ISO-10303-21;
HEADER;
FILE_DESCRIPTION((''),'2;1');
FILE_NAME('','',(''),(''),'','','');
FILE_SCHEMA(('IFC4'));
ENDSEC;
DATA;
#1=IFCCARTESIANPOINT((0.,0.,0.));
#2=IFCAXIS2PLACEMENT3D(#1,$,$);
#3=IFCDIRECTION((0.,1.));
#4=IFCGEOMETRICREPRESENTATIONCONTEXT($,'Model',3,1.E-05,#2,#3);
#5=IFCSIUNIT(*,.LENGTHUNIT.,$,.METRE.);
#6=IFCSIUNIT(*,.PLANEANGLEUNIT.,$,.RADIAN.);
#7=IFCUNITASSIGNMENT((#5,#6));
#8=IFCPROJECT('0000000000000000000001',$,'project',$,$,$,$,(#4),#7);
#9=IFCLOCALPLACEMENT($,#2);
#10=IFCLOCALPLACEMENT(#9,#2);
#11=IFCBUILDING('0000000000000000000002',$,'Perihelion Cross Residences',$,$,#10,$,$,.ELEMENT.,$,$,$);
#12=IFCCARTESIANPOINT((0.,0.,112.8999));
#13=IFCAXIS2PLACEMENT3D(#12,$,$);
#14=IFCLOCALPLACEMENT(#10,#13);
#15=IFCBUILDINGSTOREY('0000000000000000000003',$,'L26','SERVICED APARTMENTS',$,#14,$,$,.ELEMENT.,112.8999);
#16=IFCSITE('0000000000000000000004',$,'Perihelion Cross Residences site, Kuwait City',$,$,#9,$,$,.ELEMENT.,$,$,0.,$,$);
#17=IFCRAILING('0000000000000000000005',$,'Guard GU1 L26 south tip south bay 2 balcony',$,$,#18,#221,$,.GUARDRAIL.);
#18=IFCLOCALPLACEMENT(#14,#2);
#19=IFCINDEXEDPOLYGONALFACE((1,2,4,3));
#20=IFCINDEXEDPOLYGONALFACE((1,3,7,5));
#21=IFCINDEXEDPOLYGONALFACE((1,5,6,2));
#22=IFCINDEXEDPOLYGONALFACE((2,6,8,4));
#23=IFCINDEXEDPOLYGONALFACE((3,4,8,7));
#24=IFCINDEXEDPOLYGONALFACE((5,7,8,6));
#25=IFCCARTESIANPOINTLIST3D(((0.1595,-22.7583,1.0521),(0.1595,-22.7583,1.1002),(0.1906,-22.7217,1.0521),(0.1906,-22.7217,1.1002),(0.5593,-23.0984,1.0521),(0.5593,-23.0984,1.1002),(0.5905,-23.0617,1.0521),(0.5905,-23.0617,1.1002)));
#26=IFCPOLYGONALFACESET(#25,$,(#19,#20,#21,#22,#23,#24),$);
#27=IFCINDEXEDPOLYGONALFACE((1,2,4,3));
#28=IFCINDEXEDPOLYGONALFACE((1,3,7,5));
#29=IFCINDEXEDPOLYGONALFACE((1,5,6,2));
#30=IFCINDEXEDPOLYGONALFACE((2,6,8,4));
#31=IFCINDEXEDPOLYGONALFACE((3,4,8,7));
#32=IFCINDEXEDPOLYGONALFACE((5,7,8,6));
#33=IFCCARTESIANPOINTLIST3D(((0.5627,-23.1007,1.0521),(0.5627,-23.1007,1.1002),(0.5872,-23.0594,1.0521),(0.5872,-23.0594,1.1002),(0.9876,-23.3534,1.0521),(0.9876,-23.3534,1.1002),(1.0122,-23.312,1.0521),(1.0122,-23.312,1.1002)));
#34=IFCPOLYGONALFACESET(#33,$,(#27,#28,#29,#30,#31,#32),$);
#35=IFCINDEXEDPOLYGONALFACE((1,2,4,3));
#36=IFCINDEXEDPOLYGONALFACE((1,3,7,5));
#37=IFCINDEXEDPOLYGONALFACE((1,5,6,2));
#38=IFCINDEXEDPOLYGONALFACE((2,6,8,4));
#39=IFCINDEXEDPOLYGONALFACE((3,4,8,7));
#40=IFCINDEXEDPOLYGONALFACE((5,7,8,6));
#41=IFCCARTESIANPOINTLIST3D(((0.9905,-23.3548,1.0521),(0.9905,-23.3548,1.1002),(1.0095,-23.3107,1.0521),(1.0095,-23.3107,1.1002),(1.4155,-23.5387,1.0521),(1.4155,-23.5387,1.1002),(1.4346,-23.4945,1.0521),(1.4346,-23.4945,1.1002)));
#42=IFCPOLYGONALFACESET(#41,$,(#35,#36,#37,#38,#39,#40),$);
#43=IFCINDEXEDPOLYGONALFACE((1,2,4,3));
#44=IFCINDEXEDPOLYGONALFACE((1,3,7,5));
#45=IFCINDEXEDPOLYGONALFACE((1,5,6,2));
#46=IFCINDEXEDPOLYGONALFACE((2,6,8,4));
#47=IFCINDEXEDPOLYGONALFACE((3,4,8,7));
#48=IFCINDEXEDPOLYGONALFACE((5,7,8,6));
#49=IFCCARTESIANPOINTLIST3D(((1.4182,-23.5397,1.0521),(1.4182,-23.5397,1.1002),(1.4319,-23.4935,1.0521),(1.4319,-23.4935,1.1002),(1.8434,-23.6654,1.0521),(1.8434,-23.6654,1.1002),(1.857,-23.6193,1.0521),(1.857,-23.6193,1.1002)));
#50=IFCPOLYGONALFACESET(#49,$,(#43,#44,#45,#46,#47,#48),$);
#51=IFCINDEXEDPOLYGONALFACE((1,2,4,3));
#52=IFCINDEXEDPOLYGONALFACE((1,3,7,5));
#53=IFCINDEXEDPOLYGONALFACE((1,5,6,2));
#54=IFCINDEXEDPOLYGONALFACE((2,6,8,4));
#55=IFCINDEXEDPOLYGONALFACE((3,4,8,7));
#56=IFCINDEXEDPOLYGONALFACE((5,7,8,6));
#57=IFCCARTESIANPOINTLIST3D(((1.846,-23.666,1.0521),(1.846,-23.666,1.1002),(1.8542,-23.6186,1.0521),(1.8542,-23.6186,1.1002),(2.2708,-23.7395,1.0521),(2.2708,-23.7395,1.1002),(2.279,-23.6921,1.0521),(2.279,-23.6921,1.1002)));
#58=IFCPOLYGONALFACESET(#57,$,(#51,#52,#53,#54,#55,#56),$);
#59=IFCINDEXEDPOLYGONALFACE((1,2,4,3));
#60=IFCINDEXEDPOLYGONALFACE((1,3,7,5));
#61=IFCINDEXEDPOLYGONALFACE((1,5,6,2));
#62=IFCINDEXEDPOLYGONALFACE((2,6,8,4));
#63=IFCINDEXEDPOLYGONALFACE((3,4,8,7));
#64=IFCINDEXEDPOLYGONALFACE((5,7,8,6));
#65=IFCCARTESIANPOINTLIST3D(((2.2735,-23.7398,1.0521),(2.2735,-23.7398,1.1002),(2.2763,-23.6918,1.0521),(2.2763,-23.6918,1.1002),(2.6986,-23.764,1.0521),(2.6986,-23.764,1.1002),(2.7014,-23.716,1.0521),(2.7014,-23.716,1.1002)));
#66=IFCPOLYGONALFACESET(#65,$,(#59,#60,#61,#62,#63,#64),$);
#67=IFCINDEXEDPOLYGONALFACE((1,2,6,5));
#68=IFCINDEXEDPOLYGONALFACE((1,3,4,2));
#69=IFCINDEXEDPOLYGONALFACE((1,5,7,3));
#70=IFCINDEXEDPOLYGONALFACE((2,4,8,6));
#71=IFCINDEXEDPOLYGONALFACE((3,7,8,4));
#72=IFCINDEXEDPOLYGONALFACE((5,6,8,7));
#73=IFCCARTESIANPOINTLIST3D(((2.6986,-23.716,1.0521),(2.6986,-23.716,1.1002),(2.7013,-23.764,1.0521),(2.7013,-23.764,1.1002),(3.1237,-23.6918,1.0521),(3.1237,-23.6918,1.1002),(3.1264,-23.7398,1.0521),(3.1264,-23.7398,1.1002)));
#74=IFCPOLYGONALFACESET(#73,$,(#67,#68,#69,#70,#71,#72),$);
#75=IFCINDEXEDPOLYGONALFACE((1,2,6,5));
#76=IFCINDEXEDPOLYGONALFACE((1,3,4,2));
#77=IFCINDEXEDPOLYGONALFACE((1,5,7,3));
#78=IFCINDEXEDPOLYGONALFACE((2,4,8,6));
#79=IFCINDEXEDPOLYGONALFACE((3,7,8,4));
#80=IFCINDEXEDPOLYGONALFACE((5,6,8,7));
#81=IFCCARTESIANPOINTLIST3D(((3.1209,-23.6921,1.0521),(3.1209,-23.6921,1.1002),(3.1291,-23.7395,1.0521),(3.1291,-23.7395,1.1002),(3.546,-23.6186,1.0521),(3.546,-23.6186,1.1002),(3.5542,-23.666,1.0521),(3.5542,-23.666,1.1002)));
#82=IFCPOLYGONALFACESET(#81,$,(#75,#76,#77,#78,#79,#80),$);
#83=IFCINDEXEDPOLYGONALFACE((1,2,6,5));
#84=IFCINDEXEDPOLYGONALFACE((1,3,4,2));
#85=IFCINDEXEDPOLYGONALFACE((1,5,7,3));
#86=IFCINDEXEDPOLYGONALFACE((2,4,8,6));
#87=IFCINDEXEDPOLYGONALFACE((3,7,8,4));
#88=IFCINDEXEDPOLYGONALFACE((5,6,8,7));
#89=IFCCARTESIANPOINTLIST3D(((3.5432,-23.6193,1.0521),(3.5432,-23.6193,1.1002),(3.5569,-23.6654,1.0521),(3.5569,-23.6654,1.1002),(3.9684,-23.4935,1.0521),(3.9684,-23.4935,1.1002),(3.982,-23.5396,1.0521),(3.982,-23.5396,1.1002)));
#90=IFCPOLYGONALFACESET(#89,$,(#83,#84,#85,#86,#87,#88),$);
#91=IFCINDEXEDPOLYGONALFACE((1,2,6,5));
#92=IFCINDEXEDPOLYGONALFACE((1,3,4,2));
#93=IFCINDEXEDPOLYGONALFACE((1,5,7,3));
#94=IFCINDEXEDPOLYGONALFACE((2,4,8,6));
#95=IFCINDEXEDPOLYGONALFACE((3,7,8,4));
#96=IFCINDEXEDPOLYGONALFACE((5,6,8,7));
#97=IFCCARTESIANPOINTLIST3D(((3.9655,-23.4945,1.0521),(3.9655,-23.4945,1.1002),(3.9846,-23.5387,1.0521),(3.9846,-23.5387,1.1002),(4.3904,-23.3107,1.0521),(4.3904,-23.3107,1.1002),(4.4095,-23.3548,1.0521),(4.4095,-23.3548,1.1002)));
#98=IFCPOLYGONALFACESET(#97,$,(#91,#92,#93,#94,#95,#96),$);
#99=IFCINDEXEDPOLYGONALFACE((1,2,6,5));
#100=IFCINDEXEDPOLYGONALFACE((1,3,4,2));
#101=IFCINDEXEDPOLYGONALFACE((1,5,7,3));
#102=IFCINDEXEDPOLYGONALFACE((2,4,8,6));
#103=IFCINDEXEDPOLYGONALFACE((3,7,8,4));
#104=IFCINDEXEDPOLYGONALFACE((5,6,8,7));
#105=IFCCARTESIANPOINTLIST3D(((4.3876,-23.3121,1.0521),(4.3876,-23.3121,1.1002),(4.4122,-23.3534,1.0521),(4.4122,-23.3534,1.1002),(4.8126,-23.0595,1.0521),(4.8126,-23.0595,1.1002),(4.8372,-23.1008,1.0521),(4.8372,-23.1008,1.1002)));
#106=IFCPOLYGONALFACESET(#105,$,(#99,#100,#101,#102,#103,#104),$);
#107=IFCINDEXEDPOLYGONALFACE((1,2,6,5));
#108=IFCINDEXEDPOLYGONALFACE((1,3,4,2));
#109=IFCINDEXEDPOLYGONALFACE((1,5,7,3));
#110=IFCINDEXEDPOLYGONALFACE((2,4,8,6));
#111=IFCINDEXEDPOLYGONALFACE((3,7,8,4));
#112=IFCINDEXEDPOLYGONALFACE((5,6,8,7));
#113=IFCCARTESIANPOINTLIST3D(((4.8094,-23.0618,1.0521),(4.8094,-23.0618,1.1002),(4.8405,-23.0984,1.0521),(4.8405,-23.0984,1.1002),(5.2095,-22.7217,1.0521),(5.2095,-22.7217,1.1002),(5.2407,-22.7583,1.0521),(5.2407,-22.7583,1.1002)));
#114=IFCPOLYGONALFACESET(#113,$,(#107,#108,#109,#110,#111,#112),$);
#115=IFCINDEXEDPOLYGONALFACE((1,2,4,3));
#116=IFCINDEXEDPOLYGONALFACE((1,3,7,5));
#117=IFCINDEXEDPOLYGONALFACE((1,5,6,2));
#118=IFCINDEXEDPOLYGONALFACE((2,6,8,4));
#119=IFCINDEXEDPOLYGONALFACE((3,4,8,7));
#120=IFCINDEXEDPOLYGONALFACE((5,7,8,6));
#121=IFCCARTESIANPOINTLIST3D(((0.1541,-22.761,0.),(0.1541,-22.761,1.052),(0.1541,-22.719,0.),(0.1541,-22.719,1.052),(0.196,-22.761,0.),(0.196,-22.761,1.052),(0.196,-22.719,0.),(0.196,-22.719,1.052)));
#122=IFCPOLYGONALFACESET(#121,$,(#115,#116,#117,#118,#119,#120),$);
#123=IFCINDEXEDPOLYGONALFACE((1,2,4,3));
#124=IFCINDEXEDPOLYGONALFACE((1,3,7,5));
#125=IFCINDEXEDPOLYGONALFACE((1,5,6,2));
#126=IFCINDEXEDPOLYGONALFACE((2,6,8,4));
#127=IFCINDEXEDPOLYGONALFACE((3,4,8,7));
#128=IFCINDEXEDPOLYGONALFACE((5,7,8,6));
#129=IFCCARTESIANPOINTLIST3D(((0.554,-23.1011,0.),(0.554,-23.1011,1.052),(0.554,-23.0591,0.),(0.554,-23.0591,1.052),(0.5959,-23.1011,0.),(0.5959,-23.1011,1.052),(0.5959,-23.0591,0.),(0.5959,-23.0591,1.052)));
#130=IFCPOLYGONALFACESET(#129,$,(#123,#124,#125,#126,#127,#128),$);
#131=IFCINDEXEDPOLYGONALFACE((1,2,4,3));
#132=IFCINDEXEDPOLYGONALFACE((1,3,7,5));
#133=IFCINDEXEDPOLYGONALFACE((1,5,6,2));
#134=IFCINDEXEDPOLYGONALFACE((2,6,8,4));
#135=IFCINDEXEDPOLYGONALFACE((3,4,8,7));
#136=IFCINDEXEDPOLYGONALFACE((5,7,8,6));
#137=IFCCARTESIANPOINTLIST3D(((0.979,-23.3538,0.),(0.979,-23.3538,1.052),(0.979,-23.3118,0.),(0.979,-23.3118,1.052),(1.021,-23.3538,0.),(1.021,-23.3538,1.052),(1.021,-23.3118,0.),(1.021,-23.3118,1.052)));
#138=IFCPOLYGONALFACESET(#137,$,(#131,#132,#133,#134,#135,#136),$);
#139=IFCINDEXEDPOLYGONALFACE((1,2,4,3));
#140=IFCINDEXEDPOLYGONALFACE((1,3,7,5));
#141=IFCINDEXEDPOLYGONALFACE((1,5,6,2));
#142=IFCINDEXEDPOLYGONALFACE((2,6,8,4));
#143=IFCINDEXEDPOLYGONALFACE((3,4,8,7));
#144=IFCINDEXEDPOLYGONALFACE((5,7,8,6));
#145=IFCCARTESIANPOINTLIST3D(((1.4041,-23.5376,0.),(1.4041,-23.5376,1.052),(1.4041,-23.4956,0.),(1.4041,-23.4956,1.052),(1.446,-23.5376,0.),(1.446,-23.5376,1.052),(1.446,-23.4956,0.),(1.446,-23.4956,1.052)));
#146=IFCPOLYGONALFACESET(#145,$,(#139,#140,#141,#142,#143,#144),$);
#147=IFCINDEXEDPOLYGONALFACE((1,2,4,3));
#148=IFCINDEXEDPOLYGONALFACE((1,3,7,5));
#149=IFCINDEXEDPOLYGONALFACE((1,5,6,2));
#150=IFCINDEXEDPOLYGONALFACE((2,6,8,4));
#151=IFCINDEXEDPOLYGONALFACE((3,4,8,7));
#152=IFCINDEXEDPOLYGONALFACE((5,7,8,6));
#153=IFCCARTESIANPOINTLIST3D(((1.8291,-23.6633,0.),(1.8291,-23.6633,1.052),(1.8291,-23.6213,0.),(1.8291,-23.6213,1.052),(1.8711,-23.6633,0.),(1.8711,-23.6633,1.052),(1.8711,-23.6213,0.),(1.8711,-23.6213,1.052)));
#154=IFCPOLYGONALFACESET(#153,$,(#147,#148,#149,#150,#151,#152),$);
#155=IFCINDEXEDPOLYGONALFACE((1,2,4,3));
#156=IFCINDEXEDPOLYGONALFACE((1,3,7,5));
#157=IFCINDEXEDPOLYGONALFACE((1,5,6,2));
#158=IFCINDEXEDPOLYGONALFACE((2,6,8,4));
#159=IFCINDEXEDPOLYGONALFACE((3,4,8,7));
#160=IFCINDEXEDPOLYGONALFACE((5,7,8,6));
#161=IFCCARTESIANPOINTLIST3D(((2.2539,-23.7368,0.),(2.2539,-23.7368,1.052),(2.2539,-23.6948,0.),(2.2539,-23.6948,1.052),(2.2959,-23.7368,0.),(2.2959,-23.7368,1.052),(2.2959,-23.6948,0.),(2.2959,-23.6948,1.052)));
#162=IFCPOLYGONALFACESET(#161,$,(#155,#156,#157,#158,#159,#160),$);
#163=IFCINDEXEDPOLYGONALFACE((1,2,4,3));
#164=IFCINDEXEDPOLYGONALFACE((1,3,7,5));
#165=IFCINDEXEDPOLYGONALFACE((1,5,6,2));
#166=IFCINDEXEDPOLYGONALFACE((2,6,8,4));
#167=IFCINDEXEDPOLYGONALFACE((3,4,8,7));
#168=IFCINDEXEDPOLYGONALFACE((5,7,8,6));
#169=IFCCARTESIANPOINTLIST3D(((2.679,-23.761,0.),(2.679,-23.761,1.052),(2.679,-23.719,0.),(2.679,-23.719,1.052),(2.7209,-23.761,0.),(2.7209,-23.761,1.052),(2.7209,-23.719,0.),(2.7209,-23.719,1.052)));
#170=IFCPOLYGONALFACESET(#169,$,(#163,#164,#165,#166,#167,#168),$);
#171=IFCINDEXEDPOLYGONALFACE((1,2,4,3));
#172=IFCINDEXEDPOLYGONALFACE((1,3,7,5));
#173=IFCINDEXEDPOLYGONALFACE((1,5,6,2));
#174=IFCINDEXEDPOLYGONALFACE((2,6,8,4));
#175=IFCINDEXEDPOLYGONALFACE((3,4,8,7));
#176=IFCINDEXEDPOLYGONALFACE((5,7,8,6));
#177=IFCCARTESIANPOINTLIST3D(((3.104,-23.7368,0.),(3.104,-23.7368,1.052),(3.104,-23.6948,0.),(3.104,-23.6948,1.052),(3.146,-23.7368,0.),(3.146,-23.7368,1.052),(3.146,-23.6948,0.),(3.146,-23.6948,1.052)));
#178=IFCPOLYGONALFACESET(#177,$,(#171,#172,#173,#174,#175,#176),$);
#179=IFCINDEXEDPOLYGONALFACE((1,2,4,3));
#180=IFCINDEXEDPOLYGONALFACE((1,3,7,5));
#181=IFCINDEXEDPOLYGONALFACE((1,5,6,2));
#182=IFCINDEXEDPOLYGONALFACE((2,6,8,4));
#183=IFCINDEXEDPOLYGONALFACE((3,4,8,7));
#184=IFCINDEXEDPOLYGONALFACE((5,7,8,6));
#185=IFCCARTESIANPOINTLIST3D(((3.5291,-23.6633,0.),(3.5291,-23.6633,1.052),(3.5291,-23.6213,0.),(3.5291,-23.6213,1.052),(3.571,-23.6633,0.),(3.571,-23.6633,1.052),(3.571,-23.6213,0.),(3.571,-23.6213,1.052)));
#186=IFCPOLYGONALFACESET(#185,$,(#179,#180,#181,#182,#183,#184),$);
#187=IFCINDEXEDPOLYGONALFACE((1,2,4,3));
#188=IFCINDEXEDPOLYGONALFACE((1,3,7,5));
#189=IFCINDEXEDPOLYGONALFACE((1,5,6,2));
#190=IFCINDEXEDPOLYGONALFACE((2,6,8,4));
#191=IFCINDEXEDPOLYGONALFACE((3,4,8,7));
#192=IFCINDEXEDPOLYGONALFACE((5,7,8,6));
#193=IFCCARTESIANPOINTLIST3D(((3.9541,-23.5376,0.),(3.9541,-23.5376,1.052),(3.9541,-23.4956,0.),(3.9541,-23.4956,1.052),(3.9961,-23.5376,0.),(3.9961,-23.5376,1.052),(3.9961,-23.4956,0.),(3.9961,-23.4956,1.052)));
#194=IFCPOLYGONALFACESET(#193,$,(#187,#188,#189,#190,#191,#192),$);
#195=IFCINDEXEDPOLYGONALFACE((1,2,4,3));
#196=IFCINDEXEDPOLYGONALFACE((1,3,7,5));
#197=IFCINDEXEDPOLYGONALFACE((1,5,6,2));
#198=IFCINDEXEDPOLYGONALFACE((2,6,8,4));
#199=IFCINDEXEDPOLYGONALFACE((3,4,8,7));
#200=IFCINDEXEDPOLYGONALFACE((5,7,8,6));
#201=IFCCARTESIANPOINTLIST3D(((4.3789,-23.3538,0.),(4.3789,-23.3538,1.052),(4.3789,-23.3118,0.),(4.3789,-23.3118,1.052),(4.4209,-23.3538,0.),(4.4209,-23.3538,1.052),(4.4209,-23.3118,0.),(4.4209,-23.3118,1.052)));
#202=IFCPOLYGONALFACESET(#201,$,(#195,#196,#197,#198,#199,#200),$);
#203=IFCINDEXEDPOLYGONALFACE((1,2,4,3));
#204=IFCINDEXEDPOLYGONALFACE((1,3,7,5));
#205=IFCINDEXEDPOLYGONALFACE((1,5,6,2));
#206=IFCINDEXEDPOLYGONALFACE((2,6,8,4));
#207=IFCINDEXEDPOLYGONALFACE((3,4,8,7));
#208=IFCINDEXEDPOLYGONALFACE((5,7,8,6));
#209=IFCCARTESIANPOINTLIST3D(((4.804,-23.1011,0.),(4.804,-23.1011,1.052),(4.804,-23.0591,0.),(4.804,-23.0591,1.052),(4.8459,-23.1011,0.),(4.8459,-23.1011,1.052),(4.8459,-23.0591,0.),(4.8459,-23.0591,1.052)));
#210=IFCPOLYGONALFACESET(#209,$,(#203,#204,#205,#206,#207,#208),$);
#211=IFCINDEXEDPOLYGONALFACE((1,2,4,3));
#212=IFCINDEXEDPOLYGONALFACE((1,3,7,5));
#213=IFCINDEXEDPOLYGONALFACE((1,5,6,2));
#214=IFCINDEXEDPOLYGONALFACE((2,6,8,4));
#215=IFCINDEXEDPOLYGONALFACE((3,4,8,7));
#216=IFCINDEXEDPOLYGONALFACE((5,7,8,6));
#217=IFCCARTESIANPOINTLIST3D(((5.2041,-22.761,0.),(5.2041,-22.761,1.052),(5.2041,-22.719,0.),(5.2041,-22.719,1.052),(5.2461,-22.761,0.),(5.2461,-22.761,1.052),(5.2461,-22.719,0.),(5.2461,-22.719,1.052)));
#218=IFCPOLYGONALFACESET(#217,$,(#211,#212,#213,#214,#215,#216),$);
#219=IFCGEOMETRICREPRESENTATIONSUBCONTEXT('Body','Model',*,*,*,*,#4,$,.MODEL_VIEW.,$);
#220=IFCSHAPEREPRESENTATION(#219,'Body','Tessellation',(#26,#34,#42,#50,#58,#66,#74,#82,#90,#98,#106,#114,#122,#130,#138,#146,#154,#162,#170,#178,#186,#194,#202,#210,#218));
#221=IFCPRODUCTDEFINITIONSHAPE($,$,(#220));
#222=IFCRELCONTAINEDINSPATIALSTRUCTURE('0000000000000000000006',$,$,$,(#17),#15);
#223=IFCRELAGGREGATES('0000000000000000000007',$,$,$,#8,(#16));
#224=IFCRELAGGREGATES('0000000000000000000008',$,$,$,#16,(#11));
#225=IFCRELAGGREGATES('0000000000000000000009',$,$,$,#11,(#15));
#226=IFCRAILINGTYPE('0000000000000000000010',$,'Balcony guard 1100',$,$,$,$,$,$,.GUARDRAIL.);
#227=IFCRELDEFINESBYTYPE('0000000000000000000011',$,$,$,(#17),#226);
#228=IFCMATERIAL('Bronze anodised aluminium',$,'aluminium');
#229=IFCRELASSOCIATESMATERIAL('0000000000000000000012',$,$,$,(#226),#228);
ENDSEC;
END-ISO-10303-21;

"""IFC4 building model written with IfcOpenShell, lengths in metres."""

from ifc_helpers import new_model, si_unit, direction, frame, origin, origin_2d, place, context, subcontext, project, spatial, rectangle, extrude, material, type_object, element, save


model = new_model("IFC4")

# Units and contexts
model_context = context("Model", 3, precision=1e-05, world=origin(), true_north=direction((0.0, 1.0)))
body_context = subcontext(model_context, "Body", "Model", "MODEL_VIEW")
ifc_project = project(units=[si_unit("LENGTHUNIT", "METRE"), si_unit("PLANEANGLEUNIT", "RADIAN")], contexts=[model_context])

# Site, building, storey
site_placement = place(None, origin())
site = spatial("IfcSite", under=ifc_project, at=site_placement, Name="Perihelion Cross Residences site, Kuwait City", CompositionType="ELEMENT", RefElevation=0.0)
building_placement = place(site_placement, origin())
building = spatial("IfcBuilding", under=site, at=building_placement, Name="Perihelion Cross Residences", CompositionType="ELEMENT")
storey_placement = place(building_placement, frame((0.0, 0.0, 112.8999)))
storey = spatial("IfcBuildingStorey", under=building, at=storey_placement, Name="L26", Description="SERVICED APARTMENTS", CompositionType="ELEMENT", Elevation=112.8999)

# Railing
ifc_material_1 = material(Name="Bronze anodised aluminium", Category="aluminium")
railing_type = type_object("IfcRailingType", Name="Balcony guard 1100", PredefinedType="GUARDRAIL", material=ifc_material_1)
railing_placement = place(storey_placement, frame((0.175, -22.74, 0.0)))
element("IfcRailing", 1, at=railing_placement, inside=storey, type_object=railing_type, Name="Guard GU1 L26 south tip south bay 2 balcony", PredefinedType="GUARDRAIL", context=body_context, shape_type="SweptSolid", body=[
    extrude(rectangle(XDim=0.0481, YDim=0.0481, at=origin_2d()), frame((0.0, 0.0, 1.0762), z_axis=(0.761779, -0.647837, 0.0), x_axis=(0.647837, 0.761779, 0.0)), (0.0, 0.0, 1.0), 0.5249),
    extrude(rectangle(XDim=0.0481, YDim=0.0481, at=origin_2d()), frame((0.3999, -0.3401, 1.0762), z_axis=(0.859577, -0.511006, 0.0), x_axis=(0.511006, 0.859577, 0.0)), (0.0, 0.0, 1.0), 0.4944),
    extrude(rectangle(XDim=0.0481, YDim=0.0481, at=origin_2d()), frame((0.825, -0.5928, 1.0762), z_axis=(0.917831, -0.396971, 0.0), x_axis=(0.396971, 0.917831, 0.0)), (0.0, 0.0, 1.0), 0.4631),
    extrude(rectangle(XDim=0.0481, YDim=0.0481, at=origin_2d()), frame((1.25, -0.7766, 1.0762), z_axis=(0.958926, -0.283657, 0.0), x_axis=(0.283657, 0.958926, 0.0)), (0.0, 0.0, 1.0), 0.4434),
    extrude(rectangle(XDim=0.0481, YDim=0.0481, at=origin_2d()), frame((1.675, -0.9023, 1.0762), z_axis=(0.985365, -0.170457, 0.0), x_axis=(0.170457, 0.985365, 0.0)), (0.0, 0.0, 1.0), 0.4312),
    extrude(rectangle(XDim=0.0481, YDim=0.0481, at=origin_2d()), frame((2.0999, -0.9758, 1.0762), z_axis=(0.998387, -0.056772, 0.0), x_axis=(0.056772, 0.998387, 0.0)), (0.0, 0.0, 1.0), 0.4258),
    extrude(rectangle(XDim=0.0481, YDim=0.0481, at=origin_2d()), frame((2.5249, -1.0, 1.0762), z_axis=(0.998387, 0.056772, 0.0), x_axis=(-0.056772, 0.998387, 0.0)), (0.0, 0.0, 1.0), 0.4258),
    extrude(rectangle(XDim=0.0481, YDim=0.0481, at=origin_2d()), frame((2.95, -0.9758, 1.0762), z_axis=(0.985382, 0.170362, 0.0), x_axis=(-0.170362, 0.985382, 0.0)), (0.0, 0.0, 1.0), 0.4314),
    extrude(rectangle(XDim=0.0481, YDim=0.0481, at=origin_2d()), frame((3.375, -0.9023, 1.0762), z_axis=(0.958926, 0.283657, 0.0), x_axis=(-0.283657, 0.958926, 0.0)), (0.0, 0.0, 1.0), 0.4434),
    extrude(rectangle(XDim=0.0481, YDim=0.0481, at=origin_2d()), frame((3.8, -0.7766, 1.0762), z_axis=(0.917748, 0.397163, 0.0), x_axis=(-0.397163, 0.917748, 0.0)), (0.0, 0.0, 1.0), 0.4629),
    extrude(rectangle(XDim=0.0481, YDim=0.0481, at=origin_2d()), frame((4.2249, -0.5928, 1.0762), z_axis=(0.859577, 0.511006, 0.0), x_axis=(-0.511006, 0.859577, 0.0)), (0.0, 0.0, 1.0), 0.4944),
    extrude(rectangle(XDim=0.0481, YDim=0.0481, at=origin_2d()), frame((4.6499, -0.3401, 1.0762), z_axis=(0.761974, 0.647608, 0.0), x_axis=(-0.647608, 0.761974, 0.0)), (0.0, 0.0, 1.0), 0.5251),
    extrude(rectangle(XDim=0.042, YDim=0.042, at=origin_2d()), origin(), (0.0, 0.0, 1.0), 1.052),
    extrude(rectangle(XDim=0.042, YDim=0.042, at=origin_2d()), frame((0.3999, -0.3401, 0.0)), (0.0, 0.0, 1.0), 1.052),
    extrude(rectangle(XDim=0.042, YDim=0.042, at=origin_2d()), frame((0.825, -0.5928, 0.0)), (0.0, 0.0, 1.0), 1.052),
    extrude(rectangle(XDim=0.042, YDim=0.042, at=origin_2d()), frame((1.25, -0.7766, 0.0)), (0.0, 0.0, 1.0), 1.052),
    extrude(rectangle(XDim=0.042, YDim=0.042, at=origin_2d()), frame((1.675, -0.9023, 0.0)), (0.0, 0.0, 1.0), 1.052),
    extrude(rectangle(XDim=0.042, YDim=0.042, at=origin_2d()), frame((2.0999, -0.9758, 0.0)), (0.0, 0.0, 1.0), 1.052),
    extrude(rectangle(XDim=0.042, YDim=0.042, at=origin_2d()), frame((2.5249, -1.0, 0.0)), (0.0, 0.0, 1.0), 1.052),
    extrude(rectangle(XDim=0.042, YDim=0.042, at=origin_2d()), frame((2.95, -0.9758, 0.0)), (0.0, 0.0, 1.0), 1.052),
    extrude(rectangle(XDim=0.042, YDim=0.042, at=origin_2d()), frame((3.375, -0.9023, 0.0)), (0.0, 0.0, 1.0), 1.052),
    extrude(rectangle(XDim=0.042, YDim=0.042, at=origin_2d()), frame((3.8, -0.7766, 0.0)), (0.0, 0.0, 1.0), 1.052),
    extrude(rectangle(XDim=0.042, YDim=0.042, at=origin_2d()), frame((4.2249, -0.5928, 0.0)), (0.0, 0.0, 1.0), 1.052),
    extrude(rectangle(XDim=0.042, YDim=0.042, at=origin_2d()), frame((4.6499, -0.3401, 0.0)), (0.0, 0.0, 1.0), 1.052),
    extrude(rectangle(XDim=0.042, YDim=0.042, at=origin_2d()), frame((5.05, 0.0, 0.0)), (0.0, 0.0, 1.0), 1.052),
])

save(model, "model.ifc")
